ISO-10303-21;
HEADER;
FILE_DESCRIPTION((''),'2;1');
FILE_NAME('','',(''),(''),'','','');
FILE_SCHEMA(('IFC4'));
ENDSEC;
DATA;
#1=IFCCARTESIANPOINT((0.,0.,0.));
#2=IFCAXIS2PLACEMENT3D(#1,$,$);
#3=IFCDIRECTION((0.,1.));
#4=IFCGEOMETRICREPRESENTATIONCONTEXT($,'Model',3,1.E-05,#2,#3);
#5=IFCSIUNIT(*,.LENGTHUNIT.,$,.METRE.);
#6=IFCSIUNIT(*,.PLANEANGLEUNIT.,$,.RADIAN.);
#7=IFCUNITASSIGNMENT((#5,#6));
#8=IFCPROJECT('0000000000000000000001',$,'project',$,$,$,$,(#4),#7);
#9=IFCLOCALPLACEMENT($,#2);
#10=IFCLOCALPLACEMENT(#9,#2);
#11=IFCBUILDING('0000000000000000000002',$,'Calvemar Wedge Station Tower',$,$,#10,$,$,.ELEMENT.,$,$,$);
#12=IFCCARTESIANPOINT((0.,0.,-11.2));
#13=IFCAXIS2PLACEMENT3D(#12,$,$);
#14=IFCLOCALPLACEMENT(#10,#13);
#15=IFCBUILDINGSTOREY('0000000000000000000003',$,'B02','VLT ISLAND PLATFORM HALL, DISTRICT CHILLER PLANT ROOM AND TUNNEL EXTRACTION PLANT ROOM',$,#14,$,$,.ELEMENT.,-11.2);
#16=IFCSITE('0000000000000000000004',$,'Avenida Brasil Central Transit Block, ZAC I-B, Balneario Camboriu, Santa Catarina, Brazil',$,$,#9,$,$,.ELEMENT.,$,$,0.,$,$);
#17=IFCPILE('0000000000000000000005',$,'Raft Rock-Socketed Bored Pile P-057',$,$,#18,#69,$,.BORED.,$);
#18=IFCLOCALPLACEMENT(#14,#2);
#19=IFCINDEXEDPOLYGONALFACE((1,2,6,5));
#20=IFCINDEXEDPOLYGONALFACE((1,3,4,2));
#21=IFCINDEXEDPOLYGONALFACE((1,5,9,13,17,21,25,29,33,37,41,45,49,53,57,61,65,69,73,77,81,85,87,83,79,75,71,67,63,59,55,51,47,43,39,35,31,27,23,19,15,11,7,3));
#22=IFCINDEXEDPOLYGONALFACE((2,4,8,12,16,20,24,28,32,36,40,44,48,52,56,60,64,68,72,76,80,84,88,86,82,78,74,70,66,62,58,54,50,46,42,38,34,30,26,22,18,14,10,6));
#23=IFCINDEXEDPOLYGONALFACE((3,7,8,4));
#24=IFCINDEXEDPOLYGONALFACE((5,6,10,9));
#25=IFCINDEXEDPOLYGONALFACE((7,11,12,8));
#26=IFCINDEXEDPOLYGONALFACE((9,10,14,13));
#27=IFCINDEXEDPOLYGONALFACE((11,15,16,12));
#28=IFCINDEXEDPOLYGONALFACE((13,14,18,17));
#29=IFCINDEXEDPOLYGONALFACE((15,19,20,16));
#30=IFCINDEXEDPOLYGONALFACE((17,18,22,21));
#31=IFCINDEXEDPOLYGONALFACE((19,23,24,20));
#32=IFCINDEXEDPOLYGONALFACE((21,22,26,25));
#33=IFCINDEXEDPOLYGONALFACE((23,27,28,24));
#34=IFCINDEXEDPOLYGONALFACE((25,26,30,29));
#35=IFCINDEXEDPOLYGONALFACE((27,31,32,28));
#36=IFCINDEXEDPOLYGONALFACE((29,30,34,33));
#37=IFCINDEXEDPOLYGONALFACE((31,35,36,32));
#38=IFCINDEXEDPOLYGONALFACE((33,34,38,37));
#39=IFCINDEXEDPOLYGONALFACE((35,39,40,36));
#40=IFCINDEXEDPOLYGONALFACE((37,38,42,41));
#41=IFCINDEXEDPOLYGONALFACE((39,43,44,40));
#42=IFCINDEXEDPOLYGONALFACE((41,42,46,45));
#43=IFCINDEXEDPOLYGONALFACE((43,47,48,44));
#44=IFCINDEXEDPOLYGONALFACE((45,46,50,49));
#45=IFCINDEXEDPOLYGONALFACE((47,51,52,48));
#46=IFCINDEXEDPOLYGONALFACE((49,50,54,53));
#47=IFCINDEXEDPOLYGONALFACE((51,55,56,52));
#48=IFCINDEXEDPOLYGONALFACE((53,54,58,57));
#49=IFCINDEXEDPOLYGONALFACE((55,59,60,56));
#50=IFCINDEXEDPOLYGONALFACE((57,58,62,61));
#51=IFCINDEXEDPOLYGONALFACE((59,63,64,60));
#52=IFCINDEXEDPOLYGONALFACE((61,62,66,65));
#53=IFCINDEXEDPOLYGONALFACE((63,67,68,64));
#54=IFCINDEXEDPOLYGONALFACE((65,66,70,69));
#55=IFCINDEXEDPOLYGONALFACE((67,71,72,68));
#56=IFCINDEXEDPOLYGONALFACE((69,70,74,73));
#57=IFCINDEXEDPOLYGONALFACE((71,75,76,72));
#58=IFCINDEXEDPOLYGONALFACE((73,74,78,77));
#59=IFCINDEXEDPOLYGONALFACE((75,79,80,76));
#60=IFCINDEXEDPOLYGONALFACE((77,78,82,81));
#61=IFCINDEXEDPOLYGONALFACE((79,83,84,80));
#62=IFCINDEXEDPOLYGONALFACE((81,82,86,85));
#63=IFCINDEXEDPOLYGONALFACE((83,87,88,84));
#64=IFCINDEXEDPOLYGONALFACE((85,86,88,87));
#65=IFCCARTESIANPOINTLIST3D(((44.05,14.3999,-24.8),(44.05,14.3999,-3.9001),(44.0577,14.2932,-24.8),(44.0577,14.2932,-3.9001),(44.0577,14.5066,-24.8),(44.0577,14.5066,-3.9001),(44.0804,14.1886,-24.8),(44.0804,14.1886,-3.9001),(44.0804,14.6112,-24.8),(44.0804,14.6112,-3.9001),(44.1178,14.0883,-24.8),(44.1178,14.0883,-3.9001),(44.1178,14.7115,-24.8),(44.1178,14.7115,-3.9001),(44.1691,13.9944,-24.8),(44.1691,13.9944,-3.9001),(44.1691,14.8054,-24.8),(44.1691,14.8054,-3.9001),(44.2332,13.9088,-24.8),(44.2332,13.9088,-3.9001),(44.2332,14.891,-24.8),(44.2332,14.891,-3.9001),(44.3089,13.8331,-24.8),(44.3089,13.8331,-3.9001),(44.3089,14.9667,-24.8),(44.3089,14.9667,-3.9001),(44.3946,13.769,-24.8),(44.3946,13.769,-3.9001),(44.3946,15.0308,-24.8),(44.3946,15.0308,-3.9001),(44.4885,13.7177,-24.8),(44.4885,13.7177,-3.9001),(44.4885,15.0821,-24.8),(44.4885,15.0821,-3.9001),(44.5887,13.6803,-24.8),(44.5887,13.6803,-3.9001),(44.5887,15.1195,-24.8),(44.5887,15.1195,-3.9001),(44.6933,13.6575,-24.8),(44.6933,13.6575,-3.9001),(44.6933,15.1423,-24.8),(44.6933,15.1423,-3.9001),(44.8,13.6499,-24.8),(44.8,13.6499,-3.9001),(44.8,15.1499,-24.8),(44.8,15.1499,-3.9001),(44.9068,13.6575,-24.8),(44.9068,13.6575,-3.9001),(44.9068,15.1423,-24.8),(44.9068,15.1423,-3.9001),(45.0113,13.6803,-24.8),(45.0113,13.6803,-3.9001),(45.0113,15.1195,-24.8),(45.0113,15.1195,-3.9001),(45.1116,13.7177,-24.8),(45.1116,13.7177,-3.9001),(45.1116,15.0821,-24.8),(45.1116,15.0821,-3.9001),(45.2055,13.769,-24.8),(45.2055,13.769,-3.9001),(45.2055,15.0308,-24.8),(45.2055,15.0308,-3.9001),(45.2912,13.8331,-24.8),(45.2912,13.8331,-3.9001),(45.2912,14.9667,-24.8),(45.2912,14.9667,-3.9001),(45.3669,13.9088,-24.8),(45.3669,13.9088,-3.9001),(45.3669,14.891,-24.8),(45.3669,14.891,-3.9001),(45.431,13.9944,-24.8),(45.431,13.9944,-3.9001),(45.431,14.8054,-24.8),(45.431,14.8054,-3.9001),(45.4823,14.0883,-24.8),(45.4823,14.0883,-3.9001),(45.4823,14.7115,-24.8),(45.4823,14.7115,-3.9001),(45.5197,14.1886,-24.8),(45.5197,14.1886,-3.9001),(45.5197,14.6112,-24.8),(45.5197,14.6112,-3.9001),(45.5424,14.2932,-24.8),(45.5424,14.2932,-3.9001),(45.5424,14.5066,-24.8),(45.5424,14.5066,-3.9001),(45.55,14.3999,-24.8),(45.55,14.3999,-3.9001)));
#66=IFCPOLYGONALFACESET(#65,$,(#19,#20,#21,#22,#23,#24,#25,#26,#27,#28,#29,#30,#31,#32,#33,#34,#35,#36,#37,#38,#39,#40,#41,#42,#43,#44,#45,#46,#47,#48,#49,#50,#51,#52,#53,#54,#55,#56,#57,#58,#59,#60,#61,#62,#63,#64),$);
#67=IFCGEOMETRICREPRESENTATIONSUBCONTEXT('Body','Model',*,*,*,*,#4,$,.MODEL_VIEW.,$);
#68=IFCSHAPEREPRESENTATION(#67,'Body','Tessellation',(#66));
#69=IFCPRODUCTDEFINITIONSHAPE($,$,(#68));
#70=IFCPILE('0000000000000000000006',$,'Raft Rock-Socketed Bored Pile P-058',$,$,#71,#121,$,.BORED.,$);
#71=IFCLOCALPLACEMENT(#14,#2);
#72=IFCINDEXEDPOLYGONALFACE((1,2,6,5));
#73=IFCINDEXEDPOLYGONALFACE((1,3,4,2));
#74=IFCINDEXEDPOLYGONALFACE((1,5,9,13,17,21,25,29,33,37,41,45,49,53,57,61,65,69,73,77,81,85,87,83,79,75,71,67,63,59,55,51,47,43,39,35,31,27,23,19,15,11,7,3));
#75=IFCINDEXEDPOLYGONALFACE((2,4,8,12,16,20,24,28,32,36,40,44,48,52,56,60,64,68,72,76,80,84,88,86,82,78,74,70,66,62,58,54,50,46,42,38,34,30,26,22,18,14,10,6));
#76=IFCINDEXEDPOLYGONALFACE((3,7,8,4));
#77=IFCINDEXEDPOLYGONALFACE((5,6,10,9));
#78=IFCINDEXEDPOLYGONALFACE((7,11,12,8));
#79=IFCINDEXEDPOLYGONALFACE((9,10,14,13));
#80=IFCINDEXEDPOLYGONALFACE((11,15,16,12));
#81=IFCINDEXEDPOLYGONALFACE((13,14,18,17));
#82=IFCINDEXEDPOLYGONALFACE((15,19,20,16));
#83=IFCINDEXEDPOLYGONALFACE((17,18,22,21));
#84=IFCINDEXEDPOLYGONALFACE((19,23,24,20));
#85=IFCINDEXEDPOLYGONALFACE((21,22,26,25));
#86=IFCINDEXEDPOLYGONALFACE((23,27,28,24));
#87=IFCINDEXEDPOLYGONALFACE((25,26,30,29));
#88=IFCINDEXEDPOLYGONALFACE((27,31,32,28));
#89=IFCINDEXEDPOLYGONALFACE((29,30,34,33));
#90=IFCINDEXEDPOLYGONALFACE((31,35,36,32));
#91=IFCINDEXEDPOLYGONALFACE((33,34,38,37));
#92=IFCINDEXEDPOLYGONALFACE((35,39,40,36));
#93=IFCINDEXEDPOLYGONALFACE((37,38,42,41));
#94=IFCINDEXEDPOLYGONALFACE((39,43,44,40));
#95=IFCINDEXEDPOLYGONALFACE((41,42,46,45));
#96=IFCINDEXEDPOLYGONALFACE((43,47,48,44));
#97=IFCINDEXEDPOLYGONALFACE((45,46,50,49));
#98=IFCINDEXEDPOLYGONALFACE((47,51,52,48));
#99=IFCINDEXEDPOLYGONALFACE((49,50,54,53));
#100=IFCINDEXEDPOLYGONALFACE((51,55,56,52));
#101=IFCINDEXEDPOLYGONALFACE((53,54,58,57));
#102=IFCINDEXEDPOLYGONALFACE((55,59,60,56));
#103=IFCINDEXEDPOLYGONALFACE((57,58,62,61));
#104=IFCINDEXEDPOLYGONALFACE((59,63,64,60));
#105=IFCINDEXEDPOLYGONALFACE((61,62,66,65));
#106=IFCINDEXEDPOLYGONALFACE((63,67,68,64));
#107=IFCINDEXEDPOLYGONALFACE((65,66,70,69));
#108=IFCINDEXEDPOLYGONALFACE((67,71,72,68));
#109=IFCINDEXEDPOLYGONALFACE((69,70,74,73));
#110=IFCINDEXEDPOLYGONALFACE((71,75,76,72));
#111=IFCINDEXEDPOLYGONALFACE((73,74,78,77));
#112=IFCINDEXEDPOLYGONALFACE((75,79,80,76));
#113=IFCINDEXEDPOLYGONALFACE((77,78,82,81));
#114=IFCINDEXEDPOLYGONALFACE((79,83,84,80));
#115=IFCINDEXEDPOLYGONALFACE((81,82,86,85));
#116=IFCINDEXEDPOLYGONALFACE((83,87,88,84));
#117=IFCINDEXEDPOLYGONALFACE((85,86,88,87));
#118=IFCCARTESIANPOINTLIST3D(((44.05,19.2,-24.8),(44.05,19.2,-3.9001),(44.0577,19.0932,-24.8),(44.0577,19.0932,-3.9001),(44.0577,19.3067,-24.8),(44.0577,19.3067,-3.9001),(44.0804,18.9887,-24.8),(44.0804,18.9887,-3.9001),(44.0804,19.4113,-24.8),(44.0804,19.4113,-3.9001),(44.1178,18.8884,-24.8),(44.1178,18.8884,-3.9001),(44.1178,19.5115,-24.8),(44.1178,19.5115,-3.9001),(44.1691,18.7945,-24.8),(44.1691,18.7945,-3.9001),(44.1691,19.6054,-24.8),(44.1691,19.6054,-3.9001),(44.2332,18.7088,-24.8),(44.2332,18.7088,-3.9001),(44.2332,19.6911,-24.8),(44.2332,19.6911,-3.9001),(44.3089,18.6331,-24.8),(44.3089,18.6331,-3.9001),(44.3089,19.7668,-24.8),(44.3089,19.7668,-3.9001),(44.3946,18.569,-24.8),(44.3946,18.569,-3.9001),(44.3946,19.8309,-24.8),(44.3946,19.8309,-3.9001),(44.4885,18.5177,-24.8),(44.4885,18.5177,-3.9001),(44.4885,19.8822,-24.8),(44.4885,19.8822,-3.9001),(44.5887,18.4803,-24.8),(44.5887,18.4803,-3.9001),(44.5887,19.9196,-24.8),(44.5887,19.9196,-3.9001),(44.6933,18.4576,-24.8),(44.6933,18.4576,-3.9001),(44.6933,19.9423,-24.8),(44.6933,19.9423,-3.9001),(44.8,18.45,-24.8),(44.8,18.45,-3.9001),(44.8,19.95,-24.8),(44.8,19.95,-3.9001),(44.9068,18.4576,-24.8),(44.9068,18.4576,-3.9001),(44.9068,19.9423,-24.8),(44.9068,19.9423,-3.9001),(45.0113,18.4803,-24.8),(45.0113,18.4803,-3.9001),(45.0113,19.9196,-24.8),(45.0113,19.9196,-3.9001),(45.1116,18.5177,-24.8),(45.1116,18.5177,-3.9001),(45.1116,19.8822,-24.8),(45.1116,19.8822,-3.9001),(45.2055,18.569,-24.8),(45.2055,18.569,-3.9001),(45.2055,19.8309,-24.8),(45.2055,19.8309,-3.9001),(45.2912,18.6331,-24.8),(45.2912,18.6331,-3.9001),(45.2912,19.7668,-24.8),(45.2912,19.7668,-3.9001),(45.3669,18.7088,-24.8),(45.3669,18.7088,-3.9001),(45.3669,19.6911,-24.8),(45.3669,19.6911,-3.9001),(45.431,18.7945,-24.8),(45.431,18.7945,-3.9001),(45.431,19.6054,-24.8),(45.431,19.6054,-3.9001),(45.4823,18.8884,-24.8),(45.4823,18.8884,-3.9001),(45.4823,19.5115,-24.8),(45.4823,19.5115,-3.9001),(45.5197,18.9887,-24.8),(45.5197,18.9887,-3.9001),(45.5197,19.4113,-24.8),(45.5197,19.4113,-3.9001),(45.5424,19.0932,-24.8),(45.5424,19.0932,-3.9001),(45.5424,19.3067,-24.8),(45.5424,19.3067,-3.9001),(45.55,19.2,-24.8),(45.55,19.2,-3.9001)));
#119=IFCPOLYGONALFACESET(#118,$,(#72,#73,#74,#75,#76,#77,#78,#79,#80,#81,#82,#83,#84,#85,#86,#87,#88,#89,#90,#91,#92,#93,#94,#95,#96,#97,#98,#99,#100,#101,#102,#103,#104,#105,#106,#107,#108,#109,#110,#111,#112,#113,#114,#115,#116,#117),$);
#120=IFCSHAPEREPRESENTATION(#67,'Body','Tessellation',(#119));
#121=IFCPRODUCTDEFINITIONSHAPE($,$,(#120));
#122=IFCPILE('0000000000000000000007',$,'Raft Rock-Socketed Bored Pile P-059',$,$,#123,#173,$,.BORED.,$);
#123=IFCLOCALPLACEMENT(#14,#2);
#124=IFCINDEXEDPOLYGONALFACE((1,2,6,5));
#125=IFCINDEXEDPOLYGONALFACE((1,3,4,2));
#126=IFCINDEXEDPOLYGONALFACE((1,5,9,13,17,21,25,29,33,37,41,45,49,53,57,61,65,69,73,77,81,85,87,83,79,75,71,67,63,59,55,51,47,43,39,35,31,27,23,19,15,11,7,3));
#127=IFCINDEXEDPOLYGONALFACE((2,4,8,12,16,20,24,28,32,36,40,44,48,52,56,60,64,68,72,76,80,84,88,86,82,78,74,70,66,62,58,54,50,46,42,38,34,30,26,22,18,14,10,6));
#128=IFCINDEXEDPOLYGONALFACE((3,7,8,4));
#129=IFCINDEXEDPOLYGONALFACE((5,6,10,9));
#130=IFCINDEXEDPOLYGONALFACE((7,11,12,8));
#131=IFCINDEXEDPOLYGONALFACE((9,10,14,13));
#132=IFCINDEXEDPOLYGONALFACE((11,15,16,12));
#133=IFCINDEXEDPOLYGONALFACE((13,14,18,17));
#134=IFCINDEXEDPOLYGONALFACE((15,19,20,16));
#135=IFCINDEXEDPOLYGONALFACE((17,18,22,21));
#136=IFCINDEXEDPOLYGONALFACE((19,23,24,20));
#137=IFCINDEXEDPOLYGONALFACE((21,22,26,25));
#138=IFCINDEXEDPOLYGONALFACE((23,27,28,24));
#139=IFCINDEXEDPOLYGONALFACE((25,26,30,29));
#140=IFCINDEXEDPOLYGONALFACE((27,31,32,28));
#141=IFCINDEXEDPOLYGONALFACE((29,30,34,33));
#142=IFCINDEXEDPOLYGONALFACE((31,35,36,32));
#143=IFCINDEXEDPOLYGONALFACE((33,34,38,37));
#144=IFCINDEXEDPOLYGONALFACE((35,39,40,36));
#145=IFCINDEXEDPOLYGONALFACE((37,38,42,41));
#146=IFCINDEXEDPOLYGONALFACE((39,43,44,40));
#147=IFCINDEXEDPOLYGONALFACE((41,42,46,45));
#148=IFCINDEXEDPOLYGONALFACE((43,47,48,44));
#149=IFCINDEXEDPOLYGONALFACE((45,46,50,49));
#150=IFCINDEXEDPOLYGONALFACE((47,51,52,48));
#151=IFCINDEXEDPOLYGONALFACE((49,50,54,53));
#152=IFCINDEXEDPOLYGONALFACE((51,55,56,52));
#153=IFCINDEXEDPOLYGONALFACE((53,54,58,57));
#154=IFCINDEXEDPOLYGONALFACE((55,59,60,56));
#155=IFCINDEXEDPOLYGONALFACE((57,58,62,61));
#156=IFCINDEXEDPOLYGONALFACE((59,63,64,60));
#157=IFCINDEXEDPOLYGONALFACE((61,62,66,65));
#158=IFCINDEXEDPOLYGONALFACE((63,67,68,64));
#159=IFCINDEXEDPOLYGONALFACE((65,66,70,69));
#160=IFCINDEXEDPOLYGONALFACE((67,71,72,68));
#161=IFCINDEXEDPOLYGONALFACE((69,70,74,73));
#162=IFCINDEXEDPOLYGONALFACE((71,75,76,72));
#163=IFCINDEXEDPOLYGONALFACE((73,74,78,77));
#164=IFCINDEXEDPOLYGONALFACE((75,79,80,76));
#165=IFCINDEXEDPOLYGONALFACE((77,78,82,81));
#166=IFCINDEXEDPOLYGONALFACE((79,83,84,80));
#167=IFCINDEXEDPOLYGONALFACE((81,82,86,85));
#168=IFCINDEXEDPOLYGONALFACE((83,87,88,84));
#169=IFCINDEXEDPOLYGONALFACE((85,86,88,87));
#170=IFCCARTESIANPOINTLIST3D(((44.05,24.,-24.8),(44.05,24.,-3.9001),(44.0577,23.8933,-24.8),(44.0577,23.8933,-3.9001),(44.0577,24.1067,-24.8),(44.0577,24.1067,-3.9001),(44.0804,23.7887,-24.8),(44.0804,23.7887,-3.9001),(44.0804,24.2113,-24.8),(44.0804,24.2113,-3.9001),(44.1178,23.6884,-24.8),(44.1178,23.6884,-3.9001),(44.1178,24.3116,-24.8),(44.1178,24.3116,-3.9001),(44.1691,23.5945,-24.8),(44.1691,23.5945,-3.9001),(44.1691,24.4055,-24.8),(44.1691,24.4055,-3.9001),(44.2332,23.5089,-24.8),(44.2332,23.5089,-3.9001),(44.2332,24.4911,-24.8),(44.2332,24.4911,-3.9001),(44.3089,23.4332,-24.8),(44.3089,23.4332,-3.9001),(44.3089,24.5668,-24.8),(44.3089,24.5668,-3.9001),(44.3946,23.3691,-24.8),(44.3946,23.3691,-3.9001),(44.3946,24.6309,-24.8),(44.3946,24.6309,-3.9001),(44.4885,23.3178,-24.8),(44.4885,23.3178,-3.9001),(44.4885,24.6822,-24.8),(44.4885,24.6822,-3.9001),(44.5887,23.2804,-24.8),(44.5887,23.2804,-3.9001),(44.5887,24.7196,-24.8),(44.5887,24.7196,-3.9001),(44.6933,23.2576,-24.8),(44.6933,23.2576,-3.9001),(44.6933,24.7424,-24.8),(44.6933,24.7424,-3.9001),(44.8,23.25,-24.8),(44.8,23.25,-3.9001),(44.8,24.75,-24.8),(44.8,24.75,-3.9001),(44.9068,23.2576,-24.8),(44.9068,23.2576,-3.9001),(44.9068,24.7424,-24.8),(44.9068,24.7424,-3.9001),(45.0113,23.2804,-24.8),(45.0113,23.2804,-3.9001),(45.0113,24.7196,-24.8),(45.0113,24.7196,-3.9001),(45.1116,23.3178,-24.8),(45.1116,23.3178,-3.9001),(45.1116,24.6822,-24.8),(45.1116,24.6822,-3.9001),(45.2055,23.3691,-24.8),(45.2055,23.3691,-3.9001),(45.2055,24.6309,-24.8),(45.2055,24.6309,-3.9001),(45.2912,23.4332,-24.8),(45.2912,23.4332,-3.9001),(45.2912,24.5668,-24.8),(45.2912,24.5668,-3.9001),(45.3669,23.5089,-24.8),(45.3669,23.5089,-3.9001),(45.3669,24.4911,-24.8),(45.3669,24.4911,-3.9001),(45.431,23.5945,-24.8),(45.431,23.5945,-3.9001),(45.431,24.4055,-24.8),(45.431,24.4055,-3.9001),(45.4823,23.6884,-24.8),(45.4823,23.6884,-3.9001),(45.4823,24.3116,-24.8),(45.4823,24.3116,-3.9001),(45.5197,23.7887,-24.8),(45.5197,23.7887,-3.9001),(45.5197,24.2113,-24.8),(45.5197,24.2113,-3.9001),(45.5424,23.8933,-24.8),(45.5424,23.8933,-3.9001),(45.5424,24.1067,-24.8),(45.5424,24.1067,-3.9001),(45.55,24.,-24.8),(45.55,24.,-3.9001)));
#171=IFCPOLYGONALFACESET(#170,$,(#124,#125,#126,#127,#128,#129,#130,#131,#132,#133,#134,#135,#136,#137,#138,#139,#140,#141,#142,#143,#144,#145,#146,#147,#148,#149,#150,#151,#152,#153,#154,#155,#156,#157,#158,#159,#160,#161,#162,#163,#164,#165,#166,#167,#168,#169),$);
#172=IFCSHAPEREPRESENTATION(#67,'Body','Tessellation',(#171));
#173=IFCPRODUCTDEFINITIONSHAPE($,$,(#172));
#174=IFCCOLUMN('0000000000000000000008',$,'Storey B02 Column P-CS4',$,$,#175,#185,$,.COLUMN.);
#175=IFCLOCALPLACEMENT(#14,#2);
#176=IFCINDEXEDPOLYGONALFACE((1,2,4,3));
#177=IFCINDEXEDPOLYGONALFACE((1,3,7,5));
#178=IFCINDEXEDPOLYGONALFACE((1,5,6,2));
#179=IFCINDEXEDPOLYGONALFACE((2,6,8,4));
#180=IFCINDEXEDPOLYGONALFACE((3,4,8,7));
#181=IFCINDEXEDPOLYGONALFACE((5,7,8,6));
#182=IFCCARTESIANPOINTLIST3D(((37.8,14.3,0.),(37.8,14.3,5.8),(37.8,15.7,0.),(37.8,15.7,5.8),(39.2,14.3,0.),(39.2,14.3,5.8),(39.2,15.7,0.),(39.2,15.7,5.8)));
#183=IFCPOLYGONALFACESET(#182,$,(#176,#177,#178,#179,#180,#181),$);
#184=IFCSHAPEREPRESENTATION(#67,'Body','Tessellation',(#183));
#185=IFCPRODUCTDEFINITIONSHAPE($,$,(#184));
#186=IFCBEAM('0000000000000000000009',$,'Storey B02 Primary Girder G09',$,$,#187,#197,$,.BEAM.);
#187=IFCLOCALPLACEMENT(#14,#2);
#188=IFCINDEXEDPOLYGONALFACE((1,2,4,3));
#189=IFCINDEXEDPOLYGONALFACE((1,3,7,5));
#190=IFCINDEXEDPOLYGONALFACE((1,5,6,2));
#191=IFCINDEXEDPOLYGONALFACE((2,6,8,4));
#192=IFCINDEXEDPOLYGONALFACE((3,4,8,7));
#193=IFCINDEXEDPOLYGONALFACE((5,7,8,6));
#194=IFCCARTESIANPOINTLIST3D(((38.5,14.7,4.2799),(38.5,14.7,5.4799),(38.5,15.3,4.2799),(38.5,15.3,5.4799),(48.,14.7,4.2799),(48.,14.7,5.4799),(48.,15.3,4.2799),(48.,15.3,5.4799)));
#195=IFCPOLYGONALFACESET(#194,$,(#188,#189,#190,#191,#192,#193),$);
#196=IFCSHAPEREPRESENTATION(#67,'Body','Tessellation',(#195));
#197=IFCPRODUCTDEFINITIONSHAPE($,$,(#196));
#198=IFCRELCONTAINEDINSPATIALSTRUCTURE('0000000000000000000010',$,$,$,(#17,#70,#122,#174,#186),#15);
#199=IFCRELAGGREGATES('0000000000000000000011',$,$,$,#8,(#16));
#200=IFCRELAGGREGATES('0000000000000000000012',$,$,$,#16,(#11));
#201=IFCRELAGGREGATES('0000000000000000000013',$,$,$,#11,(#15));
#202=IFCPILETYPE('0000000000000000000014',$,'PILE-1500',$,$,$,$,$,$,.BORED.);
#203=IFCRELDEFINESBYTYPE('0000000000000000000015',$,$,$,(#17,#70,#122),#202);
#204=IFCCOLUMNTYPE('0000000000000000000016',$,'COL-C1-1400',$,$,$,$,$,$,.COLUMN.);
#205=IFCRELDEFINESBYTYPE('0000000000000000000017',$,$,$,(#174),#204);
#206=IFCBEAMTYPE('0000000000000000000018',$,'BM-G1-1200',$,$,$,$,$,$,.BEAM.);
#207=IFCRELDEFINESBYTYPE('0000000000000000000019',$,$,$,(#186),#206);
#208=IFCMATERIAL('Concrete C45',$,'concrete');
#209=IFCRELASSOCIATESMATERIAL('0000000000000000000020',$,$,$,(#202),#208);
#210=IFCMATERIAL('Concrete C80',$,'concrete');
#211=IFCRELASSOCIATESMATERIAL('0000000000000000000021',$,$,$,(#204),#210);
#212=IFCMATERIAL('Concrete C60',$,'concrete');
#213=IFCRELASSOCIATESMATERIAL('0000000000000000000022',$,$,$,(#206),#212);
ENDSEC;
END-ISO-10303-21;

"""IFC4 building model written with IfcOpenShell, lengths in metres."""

from ifc_helpers import new_model, si_unit, direction, frame, origin, origin_2d, place, context, subcontext, project, spatial, rectangle, circle, extrude, source, transform, mapped, material, material_profile, profile_set, type_object, element, save


model = new_model("IFC4")

# Units and contexts
model_context = context("Model", 3, precision=1e-05, world=origin(), true_north=direction((0.0, 1.0)))
body_context = subcontext(model_context, "Body", "Model", "MODEL_VIEW")
ifc_project = project(units=[si_unit("LENGTHUNIT", "METRE"), si_unit("PLANEANGLEUNIT", "RADIAN")], contexts=[model_context])

# Site, building, storey
site_placement = place(None, origin())
site = spatial("IfcSite", under=ifc_project, at=site_placement, Name="Avenida Brasil Central Transit Block, ZAC I-B, Balneario Camboriu, Santa Catarina, Brazil", CompositionType="ELEMENT", RefElevation=0.0)
building_placement = place(site_placement, origin())
building = spatial("IfcBuilding", under=site, at=building_placement, Name="Calvemar Wedge Station Tower", CompositionType="ELEMENT")
storey_placement = place(building_placement, frame((0.0, 0.0, -11.2)))
storey = spatial("IfcBuildingStorey", under=building, at=storey_placement, Name="B02", Description="VLT ISLAND PLATFORM HALL, DISTRICT CHILLER PLANT ROOM AND TUNNEL EXTRACTION PLANT ROOM", CompositionType="ELEMENT", Elevation=-11.2)

# Piles
ifc_material_1 = material(Name="Concrete C45", Category="concrete")
ifc_material_profile_1 = material_profile(ifc_material_1, circle(Radius=0.75, at=origin_2d()), Name="PILE-D1500")
ifc_profile_set_1 = profile_set([ifc_material_profile_1], Name="Concrete C45")
pile_type = type_object("IfcPileType", Name="PILE-1500", PredefinedType="BORED", material=ifc_profile_set_1)
for number, where, z_axis, x_axis, name in (
    (1, (44.8, 14.3999, -3.9001), (0.0, 0.0, -1.0), (1.0, 0.0, 0.0), "Raft Rock-Socketed Bored Pile P-057"),
    (2, (44.8, 19.2, -3.9001), (0.0, 0.0, -1.0), (1.0, 0.0, 0.0), "Raft Rock-Socketed Bored Pile P-058"),
    (3, (44.8, 24.0, -3.9001), (0.0, 0.0, -1.0), (1.0, 0.0, 0.0), "Raft Rock-Socketed Bored Pile P-059"),
):
    element("IfcPile", number, at=place(storey_placement, frame(where, z_axis=z_axis, x_axis=x_axis)), inside=storey, type_object=pile_type, Name=name, PredefinedType="BORED", context=body_context, shape_type="SweptSolid", body=[
        extrude(circle(Radius=0.75, at=origin_2d()), origin(), (0.0, 0.0, 1.0), 20.8999),
    ])

# Column
ifc_material_2 = material(Name="Concrete C80", Category="concrete")
ifc_material_profile_2 = material_profile(ifc_material_2, rectangle(XDim=1.3999, YDim=1.3999, at=origin_2d()), Name="RC1400x1400")
ifc_profile_set_2 = profile_set([ifc_material_profile_2], Name="Concrete C80")
column_type = type_object("IfcColumnType", Name="COL-C1-1400", PredefinedType="COLUMN", material=ifc_profile_set_2)
shared_shape_1 = source(origin(), body_context, "Body", "SweptSolid", [
    extrude(rectangle(XDim=1.3999, YDim=1.3999, at=origin_2d()), origin(), (0.0, 0.0, 1.0), 5.8),
])
column_placement = place(storey_placement, frame((38.5, 15.0, 0.0), z_axis=(0.0, 0.0, 1.0), x_axis=(1.0, 0.0, 0.0)))
element("IfcColumn", 4, at=column_placement, inside=storey, type_object=column_type, Name="Storey B02 Column P-CS4", PredefinedType="COLUMN", context=body_context, shape_type="MappedRepresentation", body=[
    mapped(shared_shape_1, transform((0.0, 0.0, 0.0), scale=1.0)),
])

# Beam
ifc_material_3 = material(Name="Concrete C60", Category="concrete")
ifc_material_profile_3 = material_profile(ifc_material_3, rectangle(XDim=0.6001, YDim=1.2, at=origin_2d()), Name="RC600x1200")
ifc_profile_set_3 = profile_set([ifc_material_profile_3], Name="Concrete C60")
beam_type_1 = type_object("IfcBeamType", Name="BM-G1-1200", PredefinedType="BEAM", material=ifc_profile_set_3)
shared_shape_2 = source(origin(), body_context, "Body", "SweptSolid", [
    extrude(rectangle(XDim=0.6001, YDim=1.2, at=origin_2d()), origin(), (0.0, 0.0, 1.0), 9.5),
])
beam_1_placement = place(storey_placement, frame((38.5, 15.0, 4.8799), z_axis=(1.0, 0.0, 0.0), x_axis=(0.0, 1.0, 0.0)))
element("IfcBeam", 5, at=beam_1_placement, inside=storey, type_object=beam_type_1, Name="Storey B02 Primary Girder G09", PredefinedType="BEAM", context=body_context, shape_type="MappedRepresentation", body=[
    mapped(shared_shape_2, transform((0.0, 0.0, 0.0), scale=1.0)),
])

save(model, "model.ifc")
